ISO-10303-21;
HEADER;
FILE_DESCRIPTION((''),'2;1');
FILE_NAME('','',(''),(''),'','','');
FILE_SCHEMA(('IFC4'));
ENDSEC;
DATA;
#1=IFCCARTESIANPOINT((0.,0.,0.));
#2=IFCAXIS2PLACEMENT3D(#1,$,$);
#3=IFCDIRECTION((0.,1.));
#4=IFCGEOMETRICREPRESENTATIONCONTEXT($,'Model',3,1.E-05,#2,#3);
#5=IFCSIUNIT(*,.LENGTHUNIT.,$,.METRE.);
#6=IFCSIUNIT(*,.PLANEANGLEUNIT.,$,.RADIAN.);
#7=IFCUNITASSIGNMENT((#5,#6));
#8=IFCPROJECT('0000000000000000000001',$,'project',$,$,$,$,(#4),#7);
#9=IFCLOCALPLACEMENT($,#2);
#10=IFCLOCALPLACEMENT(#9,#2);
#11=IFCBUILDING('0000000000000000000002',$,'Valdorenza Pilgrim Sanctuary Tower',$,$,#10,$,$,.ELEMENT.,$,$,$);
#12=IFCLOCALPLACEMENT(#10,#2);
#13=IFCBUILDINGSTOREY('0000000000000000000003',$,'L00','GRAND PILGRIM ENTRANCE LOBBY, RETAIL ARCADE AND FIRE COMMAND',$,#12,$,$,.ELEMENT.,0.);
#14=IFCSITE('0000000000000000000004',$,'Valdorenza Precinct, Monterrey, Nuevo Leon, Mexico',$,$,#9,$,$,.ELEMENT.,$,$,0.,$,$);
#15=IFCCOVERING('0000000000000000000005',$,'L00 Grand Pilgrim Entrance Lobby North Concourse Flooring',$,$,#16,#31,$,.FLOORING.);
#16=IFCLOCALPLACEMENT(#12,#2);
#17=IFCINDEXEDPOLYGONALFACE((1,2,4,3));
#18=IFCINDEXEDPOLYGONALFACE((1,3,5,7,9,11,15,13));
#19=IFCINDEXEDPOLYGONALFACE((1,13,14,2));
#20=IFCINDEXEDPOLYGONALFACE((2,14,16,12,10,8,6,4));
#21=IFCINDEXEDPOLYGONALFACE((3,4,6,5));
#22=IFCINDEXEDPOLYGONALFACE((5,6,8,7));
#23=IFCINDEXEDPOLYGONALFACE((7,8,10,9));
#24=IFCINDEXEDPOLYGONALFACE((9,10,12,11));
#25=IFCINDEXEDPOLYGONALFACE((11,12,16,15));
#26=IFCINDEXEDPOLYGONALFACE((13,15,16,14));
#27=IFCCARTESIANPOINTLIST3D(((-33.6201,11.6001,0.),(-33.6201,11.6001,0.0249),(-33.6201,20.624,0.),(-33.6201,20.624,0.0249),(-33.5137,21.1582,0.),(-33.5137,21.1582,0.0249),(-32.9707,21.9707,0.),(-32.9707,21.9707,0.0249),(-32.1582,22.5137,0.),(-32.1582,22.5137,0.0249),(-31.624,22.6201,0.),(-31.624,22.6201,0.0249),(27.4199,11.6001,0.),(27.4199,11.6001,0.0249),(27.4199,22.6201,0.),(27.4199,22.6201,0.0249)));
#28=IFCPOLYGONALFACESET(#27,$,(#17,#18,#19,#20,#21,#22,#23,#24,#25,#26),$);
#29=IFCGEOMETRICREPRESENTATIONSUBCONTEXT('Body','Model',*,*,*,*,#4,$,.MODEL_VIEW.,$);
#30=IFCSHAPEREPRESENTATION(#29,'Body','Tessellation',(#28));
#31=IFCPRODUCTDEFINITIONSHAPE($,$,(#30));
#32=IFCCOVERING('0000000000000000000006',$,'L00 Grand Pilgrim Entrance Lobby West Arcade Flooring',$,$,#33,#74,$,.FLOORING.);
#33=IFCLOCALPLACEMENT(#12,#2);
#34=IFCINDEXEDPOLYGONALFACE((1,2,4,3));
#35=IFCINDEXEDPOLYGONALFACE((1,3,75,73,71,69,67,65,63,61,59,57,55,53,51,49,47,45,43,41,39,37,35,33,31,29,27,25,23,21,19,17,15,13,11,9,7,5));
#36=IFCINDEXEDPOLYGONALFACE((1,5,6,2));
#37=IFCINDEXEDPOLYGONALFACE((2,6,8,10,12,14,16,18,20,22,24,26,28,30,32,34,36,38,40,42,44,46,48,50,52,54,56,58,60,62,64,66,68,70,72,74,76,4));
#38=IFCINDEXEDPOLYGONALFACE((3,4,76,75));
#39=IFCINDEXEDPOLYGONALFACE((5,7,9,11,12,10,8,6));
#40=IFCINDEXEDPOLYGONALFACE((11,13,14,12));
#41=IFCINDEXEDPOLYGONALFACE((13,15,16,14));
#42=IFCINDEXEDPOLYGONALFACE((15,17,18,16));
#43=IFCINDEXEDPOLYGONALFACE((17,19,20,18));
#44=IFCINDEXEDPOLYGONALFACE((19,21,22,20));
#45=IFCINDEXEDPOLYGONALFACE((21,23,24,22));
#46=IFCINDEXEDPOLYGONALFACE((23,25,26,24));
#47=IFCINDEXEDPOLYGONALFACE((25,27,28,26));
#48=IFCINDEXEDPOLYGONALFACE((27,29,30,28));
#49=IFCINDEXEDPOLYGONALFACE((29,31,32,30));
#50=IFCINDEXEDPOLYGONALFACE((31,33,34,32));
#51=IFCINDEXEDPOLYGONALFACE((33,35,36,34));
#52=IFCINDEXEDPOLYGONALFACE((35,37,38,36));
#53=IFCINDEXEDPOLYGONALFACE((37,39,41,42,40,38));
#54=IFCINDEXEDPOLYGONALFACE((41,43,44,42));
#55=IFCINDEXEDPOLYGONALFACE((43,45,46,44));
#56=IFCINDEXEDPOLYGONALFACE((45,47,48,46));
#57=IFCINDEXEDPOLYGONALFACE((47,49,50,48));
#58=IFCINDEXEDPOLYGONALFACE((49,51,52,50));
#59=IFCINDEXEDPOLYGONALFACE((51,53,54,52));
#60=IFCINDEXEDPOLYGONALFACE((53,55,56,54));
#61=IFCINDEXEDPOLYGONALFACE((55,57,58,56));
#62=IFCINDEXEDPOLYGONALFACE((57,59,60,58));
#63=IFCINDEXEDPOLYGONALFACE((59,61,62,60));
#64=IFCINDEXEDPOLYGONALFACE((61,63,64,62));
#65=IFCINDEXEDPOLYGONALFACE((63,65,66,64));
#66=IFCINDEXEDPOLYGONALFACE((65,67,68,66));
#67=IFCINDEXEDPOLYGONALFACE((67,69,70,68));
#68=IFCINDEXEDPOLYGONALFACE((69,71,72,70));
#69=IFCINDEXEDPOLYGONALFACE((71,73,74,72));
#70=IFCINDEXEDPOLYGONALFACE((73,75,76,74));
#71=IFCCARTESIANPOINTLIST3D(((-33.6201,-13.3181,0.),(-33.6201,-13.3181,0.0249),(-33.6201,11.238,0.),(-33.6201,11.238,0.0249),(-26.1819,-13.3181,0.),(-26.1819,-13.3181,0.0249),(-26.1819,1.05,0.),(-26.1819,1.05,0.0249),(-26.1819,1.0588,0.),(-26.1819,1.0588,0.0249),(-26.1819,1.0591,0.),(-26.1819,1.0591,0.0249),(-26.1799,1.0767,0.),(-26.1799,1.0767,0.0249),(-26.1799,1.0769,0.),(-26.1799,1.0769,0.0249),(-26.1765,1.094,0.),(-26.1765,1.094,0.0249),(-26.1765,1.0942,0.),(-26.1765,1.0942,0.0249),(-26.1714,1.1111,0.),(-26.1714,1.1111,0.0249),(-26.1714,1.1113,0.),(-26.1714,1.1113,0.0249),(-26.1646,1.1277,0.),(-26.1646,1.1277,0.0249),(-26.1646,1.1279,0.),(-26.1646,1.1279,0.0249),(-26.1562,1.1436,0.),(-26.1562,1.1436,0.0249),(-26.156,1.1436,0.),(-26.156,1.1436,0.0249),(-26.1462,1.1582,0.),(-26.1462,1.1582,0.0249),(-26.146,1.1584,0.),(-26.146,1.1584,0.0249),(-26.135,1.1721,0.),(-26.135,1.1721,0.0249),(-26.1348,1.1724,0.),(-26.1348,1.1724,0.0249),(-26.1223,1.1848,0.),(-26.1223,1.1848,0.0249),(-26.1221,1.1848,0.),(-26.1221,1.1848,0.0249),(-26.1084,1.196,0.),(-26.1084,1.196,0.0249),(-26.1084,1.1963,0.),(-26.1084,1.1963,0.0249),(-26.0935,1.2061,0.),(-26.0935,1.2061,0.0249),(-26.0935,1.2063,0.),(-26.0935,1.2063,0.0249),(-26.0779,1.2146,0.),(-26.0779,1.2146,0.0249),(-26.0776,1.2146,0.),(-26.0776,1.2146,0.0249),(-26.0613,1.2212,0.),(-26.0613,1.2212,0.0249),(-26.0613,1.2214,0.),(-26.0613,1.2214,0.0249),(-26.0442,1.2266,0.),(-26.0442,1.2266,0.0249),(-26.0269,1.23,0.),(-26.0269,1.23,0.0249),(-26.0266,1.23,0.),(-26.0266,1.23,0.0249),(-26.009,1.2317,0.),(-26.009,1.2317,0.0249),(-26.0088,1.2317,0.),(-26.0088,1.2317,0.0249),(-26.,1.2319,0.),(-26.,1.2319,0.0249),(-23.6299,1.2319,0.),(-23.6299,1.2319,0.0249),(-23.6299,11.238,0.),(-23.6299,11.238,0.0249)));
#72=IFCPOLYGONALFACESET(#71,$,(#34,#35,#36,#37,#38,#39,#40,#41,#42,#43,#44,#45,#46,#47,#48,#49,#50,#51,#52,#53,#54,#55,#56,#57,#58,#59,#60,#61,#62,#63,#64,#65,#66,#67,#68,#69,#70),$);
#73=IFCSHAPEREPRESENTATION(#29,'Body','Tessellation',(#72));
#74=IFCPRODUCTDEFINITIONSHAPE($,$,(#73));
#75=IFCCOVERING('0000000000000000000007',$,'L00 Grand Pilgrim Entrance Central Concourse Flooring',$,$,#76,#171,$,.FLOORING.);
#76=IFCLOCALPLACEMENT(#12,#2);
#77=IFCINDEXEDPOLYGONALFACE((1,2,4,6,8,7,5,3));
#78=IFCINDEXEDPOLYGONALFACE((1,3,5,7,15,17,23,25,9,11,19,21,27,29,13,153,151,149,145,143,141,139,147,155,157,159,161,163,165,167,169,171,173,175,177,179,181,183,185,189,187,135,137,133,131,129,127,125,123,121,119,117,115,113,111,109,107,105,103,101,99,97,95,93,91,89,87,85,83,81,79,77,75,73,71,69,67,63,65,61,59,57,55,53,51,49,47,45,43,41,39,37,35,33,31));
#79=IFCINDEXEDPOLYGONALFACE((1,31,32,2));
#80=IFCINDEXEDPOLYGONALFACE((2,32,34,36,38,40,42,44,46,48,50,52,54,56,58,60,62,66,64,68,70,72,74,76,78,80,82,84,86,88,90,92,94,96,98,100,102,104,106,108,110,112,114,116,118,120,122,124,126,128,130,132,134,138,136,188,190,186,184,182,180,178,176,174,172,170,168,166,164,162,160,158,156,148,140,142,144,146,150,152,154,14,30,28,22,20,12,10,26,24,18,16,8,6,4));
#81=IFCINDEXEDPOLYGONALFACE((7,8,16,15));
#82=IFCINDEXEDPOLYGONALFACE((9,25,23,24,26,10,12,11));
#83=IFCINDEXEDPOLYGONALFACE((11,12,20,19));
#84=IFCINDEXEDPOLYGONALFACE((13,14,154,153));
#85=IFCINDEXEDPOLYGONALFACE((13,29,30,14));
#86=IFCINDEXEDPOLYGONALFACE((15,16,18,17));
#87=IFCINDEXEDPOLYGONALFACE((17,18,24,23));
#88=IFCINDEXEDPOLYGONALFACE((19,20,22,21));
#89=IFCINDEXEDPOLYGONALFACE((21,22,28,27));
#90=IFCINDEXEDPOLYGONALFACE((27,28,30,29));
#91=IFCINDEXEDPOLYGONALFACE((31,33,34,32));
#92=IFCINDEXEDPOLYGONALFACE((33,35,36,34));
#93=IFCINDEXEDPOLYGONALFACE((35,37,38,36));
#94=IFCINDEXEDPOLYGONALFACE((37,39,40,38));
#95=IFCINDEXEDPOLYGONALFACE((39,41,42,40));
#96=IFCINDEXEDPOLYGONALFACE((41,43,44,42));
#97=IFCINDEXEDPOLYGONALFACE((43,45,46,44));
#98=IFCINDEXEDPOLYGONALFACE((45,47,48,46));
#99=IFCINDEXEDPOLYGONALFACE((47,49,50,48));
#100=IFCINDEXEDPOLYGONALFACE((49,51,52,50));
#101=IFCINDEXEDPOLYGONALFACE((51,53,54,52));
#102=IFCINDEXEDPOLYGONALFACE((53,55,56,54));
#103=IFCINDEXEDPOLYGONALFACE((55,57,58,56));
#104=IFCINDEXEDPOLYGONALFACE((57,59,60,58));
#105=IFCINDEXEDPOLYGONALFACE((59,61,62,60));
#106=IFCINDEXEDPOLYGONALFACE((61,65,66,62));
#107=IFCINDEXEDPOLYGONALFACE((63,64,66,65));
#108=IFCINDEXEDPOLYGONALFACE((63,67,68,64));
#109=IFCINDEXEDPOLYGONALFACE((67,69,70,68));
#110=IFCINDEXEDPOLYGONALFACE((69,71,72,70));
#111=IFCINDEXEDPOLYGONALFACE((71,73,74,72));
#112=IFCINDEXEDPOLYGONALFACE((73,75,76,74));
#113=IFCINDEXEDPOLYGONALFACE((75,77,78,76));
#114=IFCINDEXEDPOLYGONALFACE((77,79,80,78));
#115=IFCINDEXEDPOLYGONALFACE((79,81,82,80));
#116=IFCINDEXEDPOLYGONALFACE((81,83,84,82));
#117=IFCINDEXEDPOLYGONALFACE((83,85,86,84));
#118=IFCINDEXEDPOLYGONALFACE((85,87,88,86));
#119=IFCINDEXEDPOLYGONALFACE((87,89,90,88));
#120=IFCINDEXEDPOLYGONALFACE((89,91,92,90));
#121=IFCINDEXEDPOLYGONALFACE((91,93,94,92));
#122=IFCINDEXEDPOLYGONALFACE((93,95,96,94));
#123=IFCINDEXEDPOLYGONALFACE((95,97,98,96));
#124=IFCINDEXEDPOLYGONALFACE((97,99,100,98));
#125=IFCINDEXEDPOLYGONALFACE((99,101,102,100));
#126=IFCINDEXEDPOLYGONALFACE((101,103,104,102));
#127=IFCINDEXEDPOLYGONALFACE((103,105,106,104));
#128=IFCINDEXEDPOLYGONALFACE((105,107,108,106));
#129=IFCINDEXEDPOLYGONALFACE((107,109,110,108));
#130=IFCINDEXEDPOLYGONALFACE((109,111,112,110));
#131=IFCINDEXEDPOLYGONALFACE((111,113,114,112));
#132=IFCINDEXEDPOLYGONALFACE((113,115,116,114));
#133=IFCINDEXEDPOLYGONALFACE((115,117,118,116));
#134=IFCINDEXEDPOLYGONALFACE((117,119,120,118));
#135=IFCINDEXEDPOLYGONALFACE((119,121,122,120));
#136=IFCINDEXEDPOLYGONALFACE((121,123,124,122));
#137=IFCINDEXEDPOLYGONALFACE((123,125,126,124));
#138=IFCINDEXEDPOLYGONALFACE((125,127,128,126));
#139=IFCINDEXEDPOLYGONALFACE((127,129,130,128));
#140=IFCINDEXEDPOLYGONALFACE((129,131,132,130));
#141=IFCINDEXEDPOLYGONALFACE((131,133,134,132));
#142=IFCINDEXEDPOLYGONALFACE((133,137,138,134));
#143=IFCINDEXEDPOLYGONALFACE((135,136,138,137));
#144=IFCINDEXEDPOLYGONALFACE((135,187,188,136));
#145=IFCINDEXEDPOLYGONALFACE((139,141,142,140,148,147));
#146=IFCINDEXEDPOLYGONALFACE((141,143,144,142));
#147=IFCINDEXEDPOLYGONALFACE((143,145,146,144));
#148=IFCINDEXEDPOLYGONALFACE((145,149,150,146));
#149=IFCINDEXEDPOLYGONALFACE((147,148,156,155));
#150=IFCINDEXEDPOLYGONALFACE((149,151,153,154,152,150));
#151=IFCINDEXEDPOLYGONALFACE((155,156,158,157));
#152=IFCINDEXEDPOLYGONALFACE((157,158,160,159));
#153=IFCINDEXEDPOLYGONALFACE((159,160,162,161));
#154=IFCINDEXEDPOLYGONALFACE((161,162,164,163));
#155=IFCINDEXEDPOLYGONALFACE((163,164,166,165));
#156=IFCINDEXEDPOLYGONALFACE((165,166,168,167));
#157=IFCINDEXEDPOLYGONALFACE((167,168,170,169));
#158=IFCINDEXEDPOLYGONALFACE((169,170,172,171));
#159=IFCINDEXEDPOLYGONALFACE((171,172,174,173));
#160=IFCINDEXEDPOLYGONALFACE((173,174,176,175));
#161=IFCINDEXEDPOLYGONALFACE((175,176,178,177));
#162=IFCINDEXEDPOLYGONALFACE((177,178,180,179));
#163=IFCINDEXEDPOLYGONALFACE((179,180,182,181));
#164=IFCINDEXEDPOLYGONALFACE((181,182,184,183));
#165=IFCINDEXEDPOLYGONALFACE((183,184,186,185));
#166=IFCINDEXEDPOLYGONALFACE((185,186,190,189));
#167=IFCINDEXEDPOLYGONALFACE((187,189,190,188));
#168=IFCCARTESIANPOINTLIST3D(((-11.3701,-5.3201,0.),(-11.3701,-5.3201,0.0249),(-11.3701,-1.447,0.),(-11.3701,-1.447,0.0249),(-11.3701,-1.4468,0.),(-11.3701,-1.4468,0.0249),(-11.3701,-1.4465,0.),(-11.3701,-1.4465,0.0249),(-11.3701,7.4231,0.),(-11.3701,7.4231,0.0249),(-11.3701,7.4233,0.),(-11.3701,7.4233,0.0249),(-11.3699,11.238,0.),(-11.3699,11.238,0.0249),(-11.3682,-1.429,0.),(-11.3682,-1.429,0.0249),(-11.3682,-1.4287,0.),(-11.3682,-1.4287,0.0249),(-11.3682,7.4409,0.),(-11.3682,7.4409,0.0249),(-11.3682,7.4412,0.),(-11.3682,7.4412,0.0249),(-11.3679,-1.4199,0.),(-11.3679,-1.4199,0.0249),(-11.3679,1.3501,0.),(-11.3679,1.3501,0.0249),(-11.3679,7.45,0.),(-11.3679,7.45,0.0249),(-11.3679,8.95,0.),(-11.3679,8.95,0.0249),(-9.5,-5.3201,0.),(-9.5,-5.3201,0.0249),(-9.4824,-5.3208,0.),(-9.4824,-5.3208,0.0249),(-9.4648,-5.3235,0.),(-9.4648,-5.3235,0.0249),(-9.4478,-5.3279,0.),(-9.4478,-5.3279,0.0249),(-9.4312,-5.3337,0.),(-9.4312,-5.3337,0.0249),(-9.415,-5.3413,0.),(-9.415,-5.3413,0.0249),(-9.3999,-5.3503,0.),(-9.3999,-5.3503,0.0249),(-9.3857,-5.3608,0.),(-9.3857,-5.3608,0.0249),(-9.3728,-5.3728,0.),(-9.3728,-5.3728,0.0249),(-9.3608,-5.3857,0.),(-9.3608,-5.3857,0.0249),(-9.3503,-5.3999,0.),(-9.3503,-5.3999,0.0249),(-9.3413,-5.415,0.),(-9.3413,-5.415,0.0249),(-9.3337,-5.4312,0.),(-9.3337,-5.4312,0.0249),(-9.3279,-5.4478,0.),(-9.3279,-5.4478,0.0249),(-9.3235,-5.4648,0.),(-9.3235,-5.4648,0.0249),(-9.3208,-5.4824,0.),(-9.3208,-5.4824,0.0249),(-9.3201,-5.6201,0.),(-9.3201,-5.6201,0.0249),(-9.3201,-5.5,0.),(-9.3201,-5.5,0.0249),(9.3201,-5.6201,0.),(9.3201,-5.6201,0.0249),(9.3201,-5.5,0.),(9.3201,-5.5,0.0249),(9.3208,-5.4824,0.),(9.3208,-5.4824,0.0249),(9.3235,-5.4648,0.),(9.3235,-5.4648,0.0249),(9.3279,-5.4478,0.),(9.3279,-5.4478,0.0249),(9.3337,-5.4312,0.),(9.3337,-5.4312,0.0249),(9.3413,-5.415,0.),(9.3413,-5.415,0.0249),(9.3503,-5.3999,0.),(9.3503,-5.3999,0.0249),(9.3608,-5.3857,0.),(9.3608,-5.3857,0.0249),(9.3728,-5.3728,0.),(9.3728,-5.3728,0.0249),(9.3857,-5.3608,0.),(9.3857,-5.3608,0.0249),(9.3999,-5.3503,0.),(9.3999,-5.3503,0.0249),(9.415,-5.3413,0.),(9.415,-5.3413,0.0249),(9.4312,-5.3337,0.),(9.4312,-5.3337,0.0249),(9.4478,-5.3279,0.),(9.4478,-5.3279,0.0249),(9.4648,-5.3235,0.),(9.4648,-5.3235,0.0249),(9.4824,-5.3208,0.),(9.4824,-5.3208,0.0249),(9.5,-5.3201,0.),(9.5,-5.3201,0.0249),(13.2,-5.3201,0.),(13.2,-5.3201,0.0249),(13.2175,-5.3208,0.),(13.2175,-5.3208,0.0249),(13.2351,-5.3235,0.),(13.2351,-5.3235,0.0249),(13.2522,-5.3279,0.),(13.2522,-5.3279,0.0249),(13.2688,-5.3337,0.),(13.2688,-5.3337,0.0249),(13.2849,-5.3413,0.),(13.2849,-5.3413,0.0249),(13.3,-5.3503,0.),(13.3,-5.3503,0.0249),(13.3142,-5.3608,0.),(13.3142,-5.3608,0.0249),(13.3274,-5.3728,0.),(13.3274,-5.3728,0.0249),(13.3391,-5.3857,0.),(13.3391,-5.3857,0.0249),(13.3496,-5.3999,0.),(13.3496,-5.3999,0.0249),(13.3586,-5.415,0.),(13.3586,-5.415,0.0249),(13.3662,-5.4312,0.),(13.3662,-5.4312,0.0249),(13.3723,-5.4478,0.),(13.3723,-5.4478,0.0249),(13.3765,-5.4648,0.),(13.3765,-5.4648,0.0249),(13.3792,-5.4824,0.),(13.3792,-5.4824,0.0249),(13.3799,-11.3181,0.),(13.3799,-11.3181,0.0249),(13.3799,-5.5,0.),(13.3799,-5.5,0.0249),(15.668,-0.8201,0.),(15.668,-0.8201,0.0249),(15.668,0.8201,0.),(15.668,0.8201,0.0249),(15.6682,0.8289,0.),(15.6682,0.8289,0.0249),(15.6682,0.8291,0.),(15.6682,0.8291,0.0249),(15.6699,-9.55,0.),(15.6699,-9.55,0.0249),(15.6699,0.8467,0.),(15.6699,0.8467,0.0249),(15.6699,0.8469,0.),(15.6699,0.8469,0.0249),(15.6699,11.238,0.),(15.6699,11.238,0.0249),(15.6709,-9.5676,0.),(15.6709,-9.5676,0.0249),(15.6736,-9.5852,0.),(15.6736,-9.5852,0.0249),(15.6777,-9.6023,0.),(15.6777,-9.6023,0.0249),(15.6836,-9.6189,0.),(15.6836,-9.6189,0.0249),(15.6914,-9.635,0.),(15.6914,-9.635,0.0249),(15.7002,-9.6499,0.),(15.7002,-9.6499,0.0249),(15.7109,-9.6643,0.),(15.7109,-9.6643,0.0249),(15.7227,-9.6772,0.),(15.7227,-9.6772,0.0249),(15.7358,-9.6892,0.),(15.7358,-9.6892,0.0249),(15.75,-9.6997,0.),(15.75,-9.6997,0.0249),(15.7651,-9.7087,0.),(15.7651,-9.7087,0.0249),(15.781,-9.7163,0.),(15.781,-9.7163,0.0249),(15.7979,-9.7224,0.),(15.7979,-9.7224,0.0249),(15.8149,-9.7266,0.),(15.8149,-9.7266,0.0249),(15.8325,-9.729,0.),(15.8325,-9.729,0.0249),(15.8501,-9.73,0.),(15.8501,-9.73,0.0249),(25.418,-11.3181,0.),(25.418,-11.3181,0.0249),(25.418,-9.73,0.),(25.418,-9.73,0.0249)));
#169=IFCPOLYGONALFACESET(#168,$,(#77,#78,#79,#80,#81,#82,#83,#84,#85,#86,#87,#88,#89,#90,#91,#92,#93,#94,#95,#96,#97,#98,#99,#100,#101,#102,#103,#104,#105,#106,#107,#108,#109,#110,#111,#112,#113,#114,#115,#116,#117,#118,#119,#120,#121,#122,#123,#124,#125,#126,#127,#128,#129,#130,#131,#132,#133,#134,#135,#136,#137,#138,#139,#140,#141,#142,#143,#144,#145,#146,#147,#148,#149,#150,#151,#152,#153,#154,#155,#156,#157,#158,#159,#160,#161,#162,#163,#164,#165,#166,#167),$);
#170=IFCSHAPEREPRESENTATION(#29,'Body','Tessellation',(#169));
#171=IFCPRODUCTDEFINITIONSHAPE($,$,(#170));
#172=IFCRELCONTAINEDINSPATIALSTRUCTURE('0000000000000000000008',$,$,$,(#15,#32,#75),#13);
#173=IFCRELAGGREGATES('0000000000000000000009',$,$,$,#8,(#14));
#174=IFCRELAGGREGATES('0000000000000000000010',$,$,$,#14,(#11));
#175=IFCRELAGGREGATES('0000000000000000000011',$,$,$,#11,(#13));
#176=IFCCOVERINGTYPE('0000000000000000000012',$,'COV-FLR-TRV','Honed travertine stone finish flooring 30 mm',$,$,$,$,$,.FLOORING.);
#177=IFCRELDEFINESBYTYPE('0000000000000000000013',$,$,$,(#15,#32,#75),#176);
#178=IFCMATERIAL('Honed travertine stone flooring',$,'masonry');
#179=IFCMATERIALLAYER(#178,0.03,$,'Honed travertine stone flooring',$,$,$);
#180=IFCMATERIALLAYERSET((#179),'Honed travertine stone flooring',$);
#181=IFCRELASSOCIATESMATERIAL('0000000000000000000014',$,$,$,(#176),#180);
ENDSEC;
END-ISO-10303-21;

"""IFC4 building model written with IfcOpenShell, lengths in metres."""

from ifc_helpers import new_model, si_unit, direction, origin, place, context, subcontext, project, spatial, polyline, outline, extrude, material, layer, layer_set, type_object, element, save


model = new_model("IFC4")

# Units and contexts
model_context = context("Model", 3, precision=1e-05, world=origin(), true_north=direction((0.0, 1.0)))
body_context = subcontext(model_context, "Body", "Model", "MODEL_VIEW")
ifc_project = project(units=[si_unit("LENGTHUNIT", "METRE"), si_unit("PLANEANGLEUNIT", "RADIAN")], contexts=[model_context])

# Site, building, storey
site_placement = place(None, origin())
site = spatial("IfcSite", under=ifc_project, at=site_placement, Name="Valdorenza Precinct, Monterrey, Nuevo Leon, Mexico", CompositionType="ELEMENT", RefElevation=0.0)
building_placement = place(site_placement, origin())
building = spatial("IfcBuilding", under=site, at=building_placement, Name="Valdorenza Pilgrim Sanctuary Tower", CompositionType="ELEMENT")
storey_placement = place(building_placement, origin())
storey = spatial("IfcBuildingStorey", under=building, at=storey_placement, Name="L00", Description="GRAND PILGRIM ENTRANCE LOBBY, RETAIL ARCADE AND FIRE COMMAND", CompositionType="ELEMENT", Elevation=0.0)

# Coverings
ifc_material_1 = material(Name="Honed travertine stone flooring", Category="masonry")
ifc_layer_1 = layer(ifc_material_1, 0.03, Name="Honed travertine stone flooring")
ifc_layer_set_1 = layer_set([ifc_layer_1], Name="Honed travertine stone flooring")
covering_type_1 = type_object("IfcCoveringType", Name="COV-FLR-TRV", Description="Honed travertine stone finish flooring 30 mm", PredefinedType="FLOORING", material=ifc_layer_set_1)
covering_1_placement = place(storey_placement, origin())
element("IfcCovering", 1, at=covering_1_placement, inside=storey, type_object=covering_type_1, Name="L00 Grand Pilgrim Entrance Lobby North Concourse Flooring", PredefinedType="FLOORING", context=body_context, shape_type="SweptSolid", body=[
    extrude(outline(polyline([(27.4199, 11.6001), (-33.6201, 11.6001), (-33.6201, 20.624), (-33.5137, 21.1582), (-32.9707, 21.9707), (-32.1582, 22.5137), (-31.624, 22.6201), (27.4199, 22.6201), (27.4199, 11.6001)])), origin(), (0.0, 0.0, 1.0), 0.0249),
])
covering_2_placement = place(storey_placement, origin())
element("IfcCovering", 2, at=covering_2_placement, inside=storey, type_object=covering_type_1, Name="L00 Grand Pilgrim Entrance Lobby West Arcade Flooring", PredefinedType="FLOORING", context=body_context, shape_type="SweptSolid", body=[
    extrude(outline(polyline([(-23.6299, 1.2319), (-26.0, 1.2319), (-26.0088, 1.2317), (-26.009, 1.2317), (-26.0266, 1.23), (-26.0269, 1.23), (-26.0442, 1.2266), (-26.0442, 1.2266), (-26.0613, 1.2214), (-26.0613, 1.2212), (-26.0776, 1.2146), (-26.0779, 1.2146), (-26.0935, 1.2063), (-26.0935, 1.2061), (-26.1084, 1.1963), (-26.1084, 1.196), (-26.1221, 1.1848), (-26.1223, 1.1848), (-26.1348, 1.1724), (-26.135, 1.1721), (-26.146, 1.1584), (-26.1462, 1.1582), (-26.156, 1.1436), (-26.1562, 1.1436), (-26.1646, 1.1279), (-26.1646, 1.1277), (-26.1714, 1.1113), (-26.1714, 1.1111), (-26.1765, 1.0942), (-26.1765, 1.094), (-26.1799, 1.0769), (-26.1799, 1.0767), (-26.1819, 1.0591), (-26.1819, 1.0588), (-26.1819, 1.05), (-26.1819, -13.3181), (-33.6201, -13.3181), (-33.6201, 11.238), (-23.6299, 11.238), (-23.6299, 1.2319)])), origin(), (0.0, 0.0, 1.0), 0.0249),
])
covering_3_placement = place(storey_placement, origin())
element("IfcCovering", 3, at=covering_3_placement, inside=storey, type_object=covering_type_1, Name="L00 Grand Pilgrim Entrance Central Concourse Flooring", PredefinedType="FLOORING", context=body_context, shape_type="SweptSolid", body=[
    extrude(outline(polyline([(-11.3701, -1.447), (-11.3701, -1.4468), (-11.3701, -1.4465), (-11.3682, -1.429), (-11.3682, -1.4287), (-11.3679, -1.4199), (-11.3679, 1.3501), (-11.3701, 7.4231), (-11.3701, 7.4231), (-11.3701, 7.4233), (-11.3682, 7.4409), (-11.3682, 7.4412), (-11.3679, 7.45), (-11.3679, 8.95), (-11.3699, 11.238), (15.6699, 11.238), (15.6699, 0.8469), (15.6699, 0.8467), (15.6699, 0.8467), (15.6682, 0.8291), (15.6682, 0.8289), (15.668, 0.8201), (15.668, -0.8201), (15.6699, -9.55), (15.6709, -9.5676), (15.6736, -9.5852), (15.6777, -9.6023), (15.6836, -9.6189), (15.6914, -9.635), (15.7002, -9.6499), (15.7109, -9.6643), (15.7227, -9.6772), (15.7358, -9.6892), (15.75, -9.6997), (15.7651, -9.7087), (15.781, -9.7163), (15.7979, -9.7224), (15.8149, -9.7266), (15.8325, -9.729), (15.8501, -9.73), (25.418, -9.73), (25.418, -11.3181), (13.3799, -11.3181), (13.3799, -5.5), (13.3792, -5.4824), (13.3765, -5.4648), (13.3723, -5.4478), (13.3662, -5.4312), (13.3586, -5.415), (13.3496, -5.3999), (13.3391, -5.3857), (13.3274, -5.3728), (13.3142, -5.3608), (13.3, -5.3503), (13.2849, -5.3413), (13.2688, -5.3337), (13.2522, -5.3279), (13.2351, -5.3235), (13.2175, -5.3208), (13.2, -5.3201), (9.5, -5.3201), (9.4824, -5.3208), (9.4648, -5.3235), (9.4478, -5.3279), (9.4312, -5.3337), (9.415, -5.3413), (9.3999, -5.3503), (9.3857, -5.3608), (9.3728, -5.3728), (9.3608, -5.3857), (9.3503, -5.3999), (9.3413, -5.415), (9.3337, -5.4312), (9.3279, -5.4478), (9.3235, -5.4648), (9.3208, -5.4824), (9.3201, -5.5), (9.3201, -5.6201), (-9.3201, -5.6201), (-9.3201, -5.5), (-9.3208, -5.4824), (-9.3235, -5.4648), (-9.3279, -5.4478), (-9.3337, -5.4312), (-9.3413, -5.415), (-9.3503, -5.3999), (-9.3608, -5.3857), (-9.3728, -5.3728), (-9.3857, -5.3608), (-9.3999, -5.3503), (-9.415, -5.3413), (-9.4312, -5.3337), (-9.4478, -5.3279), (-9.4648, -5.3235), (-9.4824, -5.3208), (-9.5, -5.3201), (-11.3701, -5.3201), (-11.3701, -1.447)])), origin(), (0.0, 0.0, 1.0), 0.0249),
])

save(model, "model.ifc")
